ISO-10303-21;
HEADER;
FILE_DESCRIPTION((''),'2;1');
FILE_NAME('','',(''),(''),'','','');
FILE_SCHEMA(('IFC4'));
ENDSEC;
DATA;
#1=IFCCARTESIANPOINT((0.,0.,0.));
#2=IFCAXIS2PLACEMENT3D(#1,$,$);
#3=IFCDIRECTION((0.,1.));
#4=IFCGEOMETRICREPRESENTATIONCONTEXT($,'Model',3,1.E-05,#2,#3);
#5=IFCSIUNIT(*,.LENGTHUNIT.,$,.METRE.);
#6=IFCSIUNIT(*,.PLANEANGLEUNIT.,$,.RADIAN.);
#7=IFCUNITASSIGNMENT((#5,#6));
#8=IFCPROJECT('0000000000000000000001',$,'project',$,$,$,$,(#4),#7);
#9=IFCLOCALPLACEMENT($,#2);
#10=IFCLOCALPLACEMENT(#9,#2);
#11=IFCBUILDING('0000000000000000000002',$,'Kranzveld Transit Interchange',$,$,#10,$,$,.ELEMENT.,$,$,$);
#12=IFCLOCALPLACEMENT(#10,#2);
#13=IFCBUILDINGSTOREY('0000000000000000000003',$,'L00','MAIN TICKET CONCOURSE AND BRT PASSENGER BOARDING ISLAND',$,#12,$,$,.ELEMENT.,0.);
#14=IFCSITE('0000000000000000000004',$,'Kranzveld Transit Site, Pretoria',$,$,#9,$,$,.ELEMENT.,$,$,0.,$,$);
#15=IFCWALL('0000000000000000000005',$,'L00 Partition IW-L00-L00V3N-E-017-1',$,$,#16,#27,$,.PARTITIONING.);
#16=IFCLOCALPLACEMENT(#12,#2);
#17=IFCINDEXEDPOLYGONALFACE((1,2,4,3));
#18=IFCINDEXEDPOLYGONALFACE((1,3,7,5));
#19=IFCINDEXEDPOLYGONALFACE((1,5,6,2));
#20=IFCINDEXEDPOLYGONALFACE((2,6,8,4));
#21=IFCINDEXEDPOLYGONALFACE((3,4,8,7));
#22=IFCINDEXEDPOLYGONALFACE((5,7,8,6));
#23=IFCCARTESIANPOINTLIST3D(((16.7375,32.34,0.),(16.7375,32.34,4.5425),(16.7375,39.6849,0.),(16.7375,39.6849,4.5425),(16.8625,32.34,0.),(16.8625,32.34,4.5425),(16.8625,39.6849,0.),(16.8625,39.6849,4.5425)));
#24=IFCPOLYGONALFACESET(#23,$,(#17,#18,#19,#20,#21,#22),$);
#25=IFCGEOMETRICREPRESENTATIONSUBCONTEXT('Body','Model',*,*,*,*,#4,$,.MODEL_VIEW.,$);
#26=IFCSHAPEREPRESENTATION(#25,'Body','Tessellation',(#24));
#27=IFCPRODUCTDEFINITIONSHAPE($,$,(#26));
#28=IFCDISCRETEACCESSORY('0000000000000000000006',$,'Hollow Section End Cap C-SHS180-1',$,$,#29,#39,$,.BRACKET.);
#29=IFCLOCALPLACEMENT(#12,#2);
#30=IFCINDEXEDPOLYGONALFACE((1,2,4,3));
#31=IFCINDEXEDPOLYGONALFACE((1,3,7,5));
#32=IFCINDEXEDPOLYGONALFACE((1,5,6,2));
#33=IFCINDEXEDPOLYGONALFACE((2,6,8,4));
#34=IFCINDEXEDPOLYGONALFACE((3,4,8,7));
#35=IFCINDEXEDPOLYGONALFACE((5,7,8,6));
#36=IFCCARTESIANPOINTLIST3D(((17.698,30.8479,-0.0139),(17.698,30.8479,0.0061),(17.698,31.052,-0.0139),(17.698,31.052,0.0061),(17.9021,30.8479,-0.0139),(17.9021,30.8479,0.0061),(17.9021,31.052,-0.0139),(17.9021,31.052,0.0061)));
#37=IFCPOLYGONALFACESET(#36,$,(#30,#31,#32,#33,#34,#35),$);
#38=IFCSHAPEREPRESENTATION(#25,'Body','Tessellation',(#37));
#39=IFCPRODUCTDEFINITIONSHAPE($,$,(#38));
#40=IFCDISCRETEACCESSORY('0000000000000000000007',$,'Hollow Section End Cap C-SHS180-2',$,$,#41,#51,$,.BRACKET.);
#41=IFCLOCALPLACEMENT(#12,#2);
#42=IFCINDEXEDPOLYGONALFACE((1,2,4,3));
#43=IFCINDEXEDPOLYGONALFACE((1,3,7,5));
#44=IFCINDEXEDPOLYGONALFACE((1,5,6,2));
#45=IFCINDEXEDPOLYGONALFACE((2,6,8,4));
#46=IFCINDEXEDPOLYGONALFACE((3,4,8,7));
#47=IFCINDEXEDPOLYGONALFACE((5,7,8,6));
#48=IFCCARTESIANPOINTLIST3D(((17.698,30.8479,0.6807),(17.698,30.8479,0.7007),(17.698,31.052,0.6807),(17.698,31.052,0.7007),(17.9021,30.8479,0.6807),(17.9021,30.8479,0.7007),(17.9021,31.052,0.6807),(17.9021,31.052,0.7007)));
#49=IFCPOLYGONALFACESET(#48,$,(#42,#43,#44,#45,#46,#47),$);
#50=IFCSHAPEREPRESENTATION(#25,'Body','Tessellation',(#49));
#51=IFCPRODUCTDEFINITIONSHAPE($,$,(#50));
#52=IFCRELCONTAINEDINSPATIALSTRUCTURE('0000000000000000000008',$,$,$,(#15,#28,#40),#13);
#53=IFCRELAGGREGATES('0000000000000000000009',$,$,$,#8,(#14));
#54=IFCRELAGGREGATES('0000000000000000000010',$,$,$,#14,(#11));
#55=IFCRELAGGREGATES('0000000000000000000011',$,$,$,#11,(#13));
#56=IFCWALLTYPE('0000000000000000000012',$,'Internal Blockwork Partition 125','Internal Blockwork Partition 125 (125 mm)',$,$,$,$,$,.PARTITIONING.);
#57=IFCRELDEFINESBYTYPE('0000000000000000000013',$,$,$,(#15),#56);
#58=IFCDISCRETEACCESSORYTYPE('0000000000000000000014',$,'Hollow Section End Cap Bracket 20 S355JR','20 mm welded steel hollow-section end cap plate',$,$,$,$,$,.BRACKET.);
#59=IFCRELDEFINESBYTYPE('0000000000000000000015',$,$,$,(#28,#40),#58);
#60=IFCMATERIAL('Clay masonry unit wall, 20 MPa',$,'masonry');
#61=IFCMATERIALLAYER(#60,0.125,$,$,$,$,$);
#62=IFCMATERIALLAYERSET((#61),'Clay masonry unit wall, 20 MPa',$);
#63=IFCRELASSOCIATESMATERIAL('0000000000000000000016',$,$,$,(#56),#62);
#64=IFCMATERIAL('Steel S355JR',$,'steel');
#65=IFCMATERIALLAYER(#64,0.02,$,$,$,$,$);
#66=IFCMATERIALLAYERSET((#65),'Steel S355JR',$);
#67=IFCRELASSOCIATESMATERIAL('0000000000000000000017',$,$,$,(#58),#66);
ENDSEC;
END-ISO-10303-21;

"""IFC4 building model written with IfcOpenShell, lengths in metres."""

from ifc_helpers import new_model, si_unit, direction, frame, frame_2d, origin, origin_2d, place, context, subcontext, project, spatial, rectangle, extrude, material, layer, layer_set, type_object, element, save


model = new_model("IFC4")

# Units and contexts
model_context = context("Model", 3, precision=1e-05, world=origin(), true_north=direction((0.0, 1.0)))
body_context = subcontext(model_context, "Body", "Model", "MODEL_VIEW")
ifc_project = project(units=[si_unit("LENGTHUNIT", "METRE"), si_unit("PLANEANGLEUNIT", "RADIAN")], contexts=[model_context])

# Site, building, storey
site_placement = place(None, origin())
site = spatial("IfcSite", under=ifc_project, at=site_placement, Name="Kranzveld Transit Site, Pretoria", CompositionType="ELEMENT", RefElevation=0.0)
building_placement = place(site_placement, origin())
building = spatial("IfcBuilding", under=site, at=building_placement, Name="Kranzveld Transit Interchange", CompositionType="ELEMENT")
storey_placement = place(building_placement, origin())
storey = spatial("IfcBuildingStorey", under=building, at=storey_placement, Name="L00", Description="MAIN TICKET CONCOURSE AND BRT PASSENGER BOARDING ISLAND", CompositionType="ELEMENT", Elevation=0.0)

# Wall
ifc_material_1 = material(Name="Clay masonry unit wall, 20 MPa", Category="masonry")
ifc_layer_1 = layer(ifc_material_1, 0.125)
ifc_layer_set_1 = layer_set([ifc_layer_1], Name="Clay masonry unit wall, 20 MPa")
wall_type = type_object("IfcWallType", Name="Internal Blockwork Partition 125", Description="Internal Blockwork Partition 125 (125 mm)", PredefinedType="PARTITIONING", material=ifc_layer_set_1)
wall_placement = place(storey_placement, frame((16.8, 32.3401, 0.0), z_axis=(0.0, 0.0, 1.0), x_axis=(0.0, 1.0, 0.0)))
element("IfcWall", 1, at=wall_placement, inside=storey, type_object=wall_type, Name="L00 Partition IW-L00-L00V3N-E-017-1", PredefinedType="PARTITIONING", context=body_context, shape_type="SweptSolid", body=[
    extrude(rectangle(XDim=7.345, YDim=0.125, at=frame_2d((3.6724, 0.0))), origin(), (0.0, 0.0, 1.0), 4.5425),
])

# Discrete accessories
ifc_material_2 = material(Name="Steel S355JR", Category="steel")
ifc_layer_2 = layer(ifc_material_2, 0.02)
ifc_layer_set_2 = layer_set([ifc_layer_2], Name="Steel S355JR")
discrete_accessory_type = type_object("IfcDiscreteAccessoryType", Name="Hollow Section End Cap Bracket 20 S355JR", Description="20 mm welded steel hollow-section end cap plate", PredefinedType="BRACKET", material=ifc_layer_set_2)
for number, where, z_axis, x_axis, name in (
    (2, (17.8, 30.95, 0.0061), (0.0, 0.0, -1.0), (1.0, 0.0, 0.0), "Hollow Section End Cap C-SHS180-1"),
    (3, (17.8, 30.95, 0.6807), (0.0, 0.0, 1.0), (1.0, 0.0, 0.0), "Hollow Section End Cap C-SHS180-2"),
):
    element("IfcDiscreteAccessory", number, at=place(storey_placement, frame(where, z_axis=z_axis, x_axis=x_axis)), inside=storey, type_object=discrete_accessory_type, Name=name, PredefinedType="BRACKET", context=body_context, shape_type="SweptSolid", body=[
        extrude(rectangle(XDim=0.2041, YDim=0.2041, at=origin_2d()), origin(), (0.0, 0.0, 1.0), 0.02),
    ])

save(model, "model.ifc")
